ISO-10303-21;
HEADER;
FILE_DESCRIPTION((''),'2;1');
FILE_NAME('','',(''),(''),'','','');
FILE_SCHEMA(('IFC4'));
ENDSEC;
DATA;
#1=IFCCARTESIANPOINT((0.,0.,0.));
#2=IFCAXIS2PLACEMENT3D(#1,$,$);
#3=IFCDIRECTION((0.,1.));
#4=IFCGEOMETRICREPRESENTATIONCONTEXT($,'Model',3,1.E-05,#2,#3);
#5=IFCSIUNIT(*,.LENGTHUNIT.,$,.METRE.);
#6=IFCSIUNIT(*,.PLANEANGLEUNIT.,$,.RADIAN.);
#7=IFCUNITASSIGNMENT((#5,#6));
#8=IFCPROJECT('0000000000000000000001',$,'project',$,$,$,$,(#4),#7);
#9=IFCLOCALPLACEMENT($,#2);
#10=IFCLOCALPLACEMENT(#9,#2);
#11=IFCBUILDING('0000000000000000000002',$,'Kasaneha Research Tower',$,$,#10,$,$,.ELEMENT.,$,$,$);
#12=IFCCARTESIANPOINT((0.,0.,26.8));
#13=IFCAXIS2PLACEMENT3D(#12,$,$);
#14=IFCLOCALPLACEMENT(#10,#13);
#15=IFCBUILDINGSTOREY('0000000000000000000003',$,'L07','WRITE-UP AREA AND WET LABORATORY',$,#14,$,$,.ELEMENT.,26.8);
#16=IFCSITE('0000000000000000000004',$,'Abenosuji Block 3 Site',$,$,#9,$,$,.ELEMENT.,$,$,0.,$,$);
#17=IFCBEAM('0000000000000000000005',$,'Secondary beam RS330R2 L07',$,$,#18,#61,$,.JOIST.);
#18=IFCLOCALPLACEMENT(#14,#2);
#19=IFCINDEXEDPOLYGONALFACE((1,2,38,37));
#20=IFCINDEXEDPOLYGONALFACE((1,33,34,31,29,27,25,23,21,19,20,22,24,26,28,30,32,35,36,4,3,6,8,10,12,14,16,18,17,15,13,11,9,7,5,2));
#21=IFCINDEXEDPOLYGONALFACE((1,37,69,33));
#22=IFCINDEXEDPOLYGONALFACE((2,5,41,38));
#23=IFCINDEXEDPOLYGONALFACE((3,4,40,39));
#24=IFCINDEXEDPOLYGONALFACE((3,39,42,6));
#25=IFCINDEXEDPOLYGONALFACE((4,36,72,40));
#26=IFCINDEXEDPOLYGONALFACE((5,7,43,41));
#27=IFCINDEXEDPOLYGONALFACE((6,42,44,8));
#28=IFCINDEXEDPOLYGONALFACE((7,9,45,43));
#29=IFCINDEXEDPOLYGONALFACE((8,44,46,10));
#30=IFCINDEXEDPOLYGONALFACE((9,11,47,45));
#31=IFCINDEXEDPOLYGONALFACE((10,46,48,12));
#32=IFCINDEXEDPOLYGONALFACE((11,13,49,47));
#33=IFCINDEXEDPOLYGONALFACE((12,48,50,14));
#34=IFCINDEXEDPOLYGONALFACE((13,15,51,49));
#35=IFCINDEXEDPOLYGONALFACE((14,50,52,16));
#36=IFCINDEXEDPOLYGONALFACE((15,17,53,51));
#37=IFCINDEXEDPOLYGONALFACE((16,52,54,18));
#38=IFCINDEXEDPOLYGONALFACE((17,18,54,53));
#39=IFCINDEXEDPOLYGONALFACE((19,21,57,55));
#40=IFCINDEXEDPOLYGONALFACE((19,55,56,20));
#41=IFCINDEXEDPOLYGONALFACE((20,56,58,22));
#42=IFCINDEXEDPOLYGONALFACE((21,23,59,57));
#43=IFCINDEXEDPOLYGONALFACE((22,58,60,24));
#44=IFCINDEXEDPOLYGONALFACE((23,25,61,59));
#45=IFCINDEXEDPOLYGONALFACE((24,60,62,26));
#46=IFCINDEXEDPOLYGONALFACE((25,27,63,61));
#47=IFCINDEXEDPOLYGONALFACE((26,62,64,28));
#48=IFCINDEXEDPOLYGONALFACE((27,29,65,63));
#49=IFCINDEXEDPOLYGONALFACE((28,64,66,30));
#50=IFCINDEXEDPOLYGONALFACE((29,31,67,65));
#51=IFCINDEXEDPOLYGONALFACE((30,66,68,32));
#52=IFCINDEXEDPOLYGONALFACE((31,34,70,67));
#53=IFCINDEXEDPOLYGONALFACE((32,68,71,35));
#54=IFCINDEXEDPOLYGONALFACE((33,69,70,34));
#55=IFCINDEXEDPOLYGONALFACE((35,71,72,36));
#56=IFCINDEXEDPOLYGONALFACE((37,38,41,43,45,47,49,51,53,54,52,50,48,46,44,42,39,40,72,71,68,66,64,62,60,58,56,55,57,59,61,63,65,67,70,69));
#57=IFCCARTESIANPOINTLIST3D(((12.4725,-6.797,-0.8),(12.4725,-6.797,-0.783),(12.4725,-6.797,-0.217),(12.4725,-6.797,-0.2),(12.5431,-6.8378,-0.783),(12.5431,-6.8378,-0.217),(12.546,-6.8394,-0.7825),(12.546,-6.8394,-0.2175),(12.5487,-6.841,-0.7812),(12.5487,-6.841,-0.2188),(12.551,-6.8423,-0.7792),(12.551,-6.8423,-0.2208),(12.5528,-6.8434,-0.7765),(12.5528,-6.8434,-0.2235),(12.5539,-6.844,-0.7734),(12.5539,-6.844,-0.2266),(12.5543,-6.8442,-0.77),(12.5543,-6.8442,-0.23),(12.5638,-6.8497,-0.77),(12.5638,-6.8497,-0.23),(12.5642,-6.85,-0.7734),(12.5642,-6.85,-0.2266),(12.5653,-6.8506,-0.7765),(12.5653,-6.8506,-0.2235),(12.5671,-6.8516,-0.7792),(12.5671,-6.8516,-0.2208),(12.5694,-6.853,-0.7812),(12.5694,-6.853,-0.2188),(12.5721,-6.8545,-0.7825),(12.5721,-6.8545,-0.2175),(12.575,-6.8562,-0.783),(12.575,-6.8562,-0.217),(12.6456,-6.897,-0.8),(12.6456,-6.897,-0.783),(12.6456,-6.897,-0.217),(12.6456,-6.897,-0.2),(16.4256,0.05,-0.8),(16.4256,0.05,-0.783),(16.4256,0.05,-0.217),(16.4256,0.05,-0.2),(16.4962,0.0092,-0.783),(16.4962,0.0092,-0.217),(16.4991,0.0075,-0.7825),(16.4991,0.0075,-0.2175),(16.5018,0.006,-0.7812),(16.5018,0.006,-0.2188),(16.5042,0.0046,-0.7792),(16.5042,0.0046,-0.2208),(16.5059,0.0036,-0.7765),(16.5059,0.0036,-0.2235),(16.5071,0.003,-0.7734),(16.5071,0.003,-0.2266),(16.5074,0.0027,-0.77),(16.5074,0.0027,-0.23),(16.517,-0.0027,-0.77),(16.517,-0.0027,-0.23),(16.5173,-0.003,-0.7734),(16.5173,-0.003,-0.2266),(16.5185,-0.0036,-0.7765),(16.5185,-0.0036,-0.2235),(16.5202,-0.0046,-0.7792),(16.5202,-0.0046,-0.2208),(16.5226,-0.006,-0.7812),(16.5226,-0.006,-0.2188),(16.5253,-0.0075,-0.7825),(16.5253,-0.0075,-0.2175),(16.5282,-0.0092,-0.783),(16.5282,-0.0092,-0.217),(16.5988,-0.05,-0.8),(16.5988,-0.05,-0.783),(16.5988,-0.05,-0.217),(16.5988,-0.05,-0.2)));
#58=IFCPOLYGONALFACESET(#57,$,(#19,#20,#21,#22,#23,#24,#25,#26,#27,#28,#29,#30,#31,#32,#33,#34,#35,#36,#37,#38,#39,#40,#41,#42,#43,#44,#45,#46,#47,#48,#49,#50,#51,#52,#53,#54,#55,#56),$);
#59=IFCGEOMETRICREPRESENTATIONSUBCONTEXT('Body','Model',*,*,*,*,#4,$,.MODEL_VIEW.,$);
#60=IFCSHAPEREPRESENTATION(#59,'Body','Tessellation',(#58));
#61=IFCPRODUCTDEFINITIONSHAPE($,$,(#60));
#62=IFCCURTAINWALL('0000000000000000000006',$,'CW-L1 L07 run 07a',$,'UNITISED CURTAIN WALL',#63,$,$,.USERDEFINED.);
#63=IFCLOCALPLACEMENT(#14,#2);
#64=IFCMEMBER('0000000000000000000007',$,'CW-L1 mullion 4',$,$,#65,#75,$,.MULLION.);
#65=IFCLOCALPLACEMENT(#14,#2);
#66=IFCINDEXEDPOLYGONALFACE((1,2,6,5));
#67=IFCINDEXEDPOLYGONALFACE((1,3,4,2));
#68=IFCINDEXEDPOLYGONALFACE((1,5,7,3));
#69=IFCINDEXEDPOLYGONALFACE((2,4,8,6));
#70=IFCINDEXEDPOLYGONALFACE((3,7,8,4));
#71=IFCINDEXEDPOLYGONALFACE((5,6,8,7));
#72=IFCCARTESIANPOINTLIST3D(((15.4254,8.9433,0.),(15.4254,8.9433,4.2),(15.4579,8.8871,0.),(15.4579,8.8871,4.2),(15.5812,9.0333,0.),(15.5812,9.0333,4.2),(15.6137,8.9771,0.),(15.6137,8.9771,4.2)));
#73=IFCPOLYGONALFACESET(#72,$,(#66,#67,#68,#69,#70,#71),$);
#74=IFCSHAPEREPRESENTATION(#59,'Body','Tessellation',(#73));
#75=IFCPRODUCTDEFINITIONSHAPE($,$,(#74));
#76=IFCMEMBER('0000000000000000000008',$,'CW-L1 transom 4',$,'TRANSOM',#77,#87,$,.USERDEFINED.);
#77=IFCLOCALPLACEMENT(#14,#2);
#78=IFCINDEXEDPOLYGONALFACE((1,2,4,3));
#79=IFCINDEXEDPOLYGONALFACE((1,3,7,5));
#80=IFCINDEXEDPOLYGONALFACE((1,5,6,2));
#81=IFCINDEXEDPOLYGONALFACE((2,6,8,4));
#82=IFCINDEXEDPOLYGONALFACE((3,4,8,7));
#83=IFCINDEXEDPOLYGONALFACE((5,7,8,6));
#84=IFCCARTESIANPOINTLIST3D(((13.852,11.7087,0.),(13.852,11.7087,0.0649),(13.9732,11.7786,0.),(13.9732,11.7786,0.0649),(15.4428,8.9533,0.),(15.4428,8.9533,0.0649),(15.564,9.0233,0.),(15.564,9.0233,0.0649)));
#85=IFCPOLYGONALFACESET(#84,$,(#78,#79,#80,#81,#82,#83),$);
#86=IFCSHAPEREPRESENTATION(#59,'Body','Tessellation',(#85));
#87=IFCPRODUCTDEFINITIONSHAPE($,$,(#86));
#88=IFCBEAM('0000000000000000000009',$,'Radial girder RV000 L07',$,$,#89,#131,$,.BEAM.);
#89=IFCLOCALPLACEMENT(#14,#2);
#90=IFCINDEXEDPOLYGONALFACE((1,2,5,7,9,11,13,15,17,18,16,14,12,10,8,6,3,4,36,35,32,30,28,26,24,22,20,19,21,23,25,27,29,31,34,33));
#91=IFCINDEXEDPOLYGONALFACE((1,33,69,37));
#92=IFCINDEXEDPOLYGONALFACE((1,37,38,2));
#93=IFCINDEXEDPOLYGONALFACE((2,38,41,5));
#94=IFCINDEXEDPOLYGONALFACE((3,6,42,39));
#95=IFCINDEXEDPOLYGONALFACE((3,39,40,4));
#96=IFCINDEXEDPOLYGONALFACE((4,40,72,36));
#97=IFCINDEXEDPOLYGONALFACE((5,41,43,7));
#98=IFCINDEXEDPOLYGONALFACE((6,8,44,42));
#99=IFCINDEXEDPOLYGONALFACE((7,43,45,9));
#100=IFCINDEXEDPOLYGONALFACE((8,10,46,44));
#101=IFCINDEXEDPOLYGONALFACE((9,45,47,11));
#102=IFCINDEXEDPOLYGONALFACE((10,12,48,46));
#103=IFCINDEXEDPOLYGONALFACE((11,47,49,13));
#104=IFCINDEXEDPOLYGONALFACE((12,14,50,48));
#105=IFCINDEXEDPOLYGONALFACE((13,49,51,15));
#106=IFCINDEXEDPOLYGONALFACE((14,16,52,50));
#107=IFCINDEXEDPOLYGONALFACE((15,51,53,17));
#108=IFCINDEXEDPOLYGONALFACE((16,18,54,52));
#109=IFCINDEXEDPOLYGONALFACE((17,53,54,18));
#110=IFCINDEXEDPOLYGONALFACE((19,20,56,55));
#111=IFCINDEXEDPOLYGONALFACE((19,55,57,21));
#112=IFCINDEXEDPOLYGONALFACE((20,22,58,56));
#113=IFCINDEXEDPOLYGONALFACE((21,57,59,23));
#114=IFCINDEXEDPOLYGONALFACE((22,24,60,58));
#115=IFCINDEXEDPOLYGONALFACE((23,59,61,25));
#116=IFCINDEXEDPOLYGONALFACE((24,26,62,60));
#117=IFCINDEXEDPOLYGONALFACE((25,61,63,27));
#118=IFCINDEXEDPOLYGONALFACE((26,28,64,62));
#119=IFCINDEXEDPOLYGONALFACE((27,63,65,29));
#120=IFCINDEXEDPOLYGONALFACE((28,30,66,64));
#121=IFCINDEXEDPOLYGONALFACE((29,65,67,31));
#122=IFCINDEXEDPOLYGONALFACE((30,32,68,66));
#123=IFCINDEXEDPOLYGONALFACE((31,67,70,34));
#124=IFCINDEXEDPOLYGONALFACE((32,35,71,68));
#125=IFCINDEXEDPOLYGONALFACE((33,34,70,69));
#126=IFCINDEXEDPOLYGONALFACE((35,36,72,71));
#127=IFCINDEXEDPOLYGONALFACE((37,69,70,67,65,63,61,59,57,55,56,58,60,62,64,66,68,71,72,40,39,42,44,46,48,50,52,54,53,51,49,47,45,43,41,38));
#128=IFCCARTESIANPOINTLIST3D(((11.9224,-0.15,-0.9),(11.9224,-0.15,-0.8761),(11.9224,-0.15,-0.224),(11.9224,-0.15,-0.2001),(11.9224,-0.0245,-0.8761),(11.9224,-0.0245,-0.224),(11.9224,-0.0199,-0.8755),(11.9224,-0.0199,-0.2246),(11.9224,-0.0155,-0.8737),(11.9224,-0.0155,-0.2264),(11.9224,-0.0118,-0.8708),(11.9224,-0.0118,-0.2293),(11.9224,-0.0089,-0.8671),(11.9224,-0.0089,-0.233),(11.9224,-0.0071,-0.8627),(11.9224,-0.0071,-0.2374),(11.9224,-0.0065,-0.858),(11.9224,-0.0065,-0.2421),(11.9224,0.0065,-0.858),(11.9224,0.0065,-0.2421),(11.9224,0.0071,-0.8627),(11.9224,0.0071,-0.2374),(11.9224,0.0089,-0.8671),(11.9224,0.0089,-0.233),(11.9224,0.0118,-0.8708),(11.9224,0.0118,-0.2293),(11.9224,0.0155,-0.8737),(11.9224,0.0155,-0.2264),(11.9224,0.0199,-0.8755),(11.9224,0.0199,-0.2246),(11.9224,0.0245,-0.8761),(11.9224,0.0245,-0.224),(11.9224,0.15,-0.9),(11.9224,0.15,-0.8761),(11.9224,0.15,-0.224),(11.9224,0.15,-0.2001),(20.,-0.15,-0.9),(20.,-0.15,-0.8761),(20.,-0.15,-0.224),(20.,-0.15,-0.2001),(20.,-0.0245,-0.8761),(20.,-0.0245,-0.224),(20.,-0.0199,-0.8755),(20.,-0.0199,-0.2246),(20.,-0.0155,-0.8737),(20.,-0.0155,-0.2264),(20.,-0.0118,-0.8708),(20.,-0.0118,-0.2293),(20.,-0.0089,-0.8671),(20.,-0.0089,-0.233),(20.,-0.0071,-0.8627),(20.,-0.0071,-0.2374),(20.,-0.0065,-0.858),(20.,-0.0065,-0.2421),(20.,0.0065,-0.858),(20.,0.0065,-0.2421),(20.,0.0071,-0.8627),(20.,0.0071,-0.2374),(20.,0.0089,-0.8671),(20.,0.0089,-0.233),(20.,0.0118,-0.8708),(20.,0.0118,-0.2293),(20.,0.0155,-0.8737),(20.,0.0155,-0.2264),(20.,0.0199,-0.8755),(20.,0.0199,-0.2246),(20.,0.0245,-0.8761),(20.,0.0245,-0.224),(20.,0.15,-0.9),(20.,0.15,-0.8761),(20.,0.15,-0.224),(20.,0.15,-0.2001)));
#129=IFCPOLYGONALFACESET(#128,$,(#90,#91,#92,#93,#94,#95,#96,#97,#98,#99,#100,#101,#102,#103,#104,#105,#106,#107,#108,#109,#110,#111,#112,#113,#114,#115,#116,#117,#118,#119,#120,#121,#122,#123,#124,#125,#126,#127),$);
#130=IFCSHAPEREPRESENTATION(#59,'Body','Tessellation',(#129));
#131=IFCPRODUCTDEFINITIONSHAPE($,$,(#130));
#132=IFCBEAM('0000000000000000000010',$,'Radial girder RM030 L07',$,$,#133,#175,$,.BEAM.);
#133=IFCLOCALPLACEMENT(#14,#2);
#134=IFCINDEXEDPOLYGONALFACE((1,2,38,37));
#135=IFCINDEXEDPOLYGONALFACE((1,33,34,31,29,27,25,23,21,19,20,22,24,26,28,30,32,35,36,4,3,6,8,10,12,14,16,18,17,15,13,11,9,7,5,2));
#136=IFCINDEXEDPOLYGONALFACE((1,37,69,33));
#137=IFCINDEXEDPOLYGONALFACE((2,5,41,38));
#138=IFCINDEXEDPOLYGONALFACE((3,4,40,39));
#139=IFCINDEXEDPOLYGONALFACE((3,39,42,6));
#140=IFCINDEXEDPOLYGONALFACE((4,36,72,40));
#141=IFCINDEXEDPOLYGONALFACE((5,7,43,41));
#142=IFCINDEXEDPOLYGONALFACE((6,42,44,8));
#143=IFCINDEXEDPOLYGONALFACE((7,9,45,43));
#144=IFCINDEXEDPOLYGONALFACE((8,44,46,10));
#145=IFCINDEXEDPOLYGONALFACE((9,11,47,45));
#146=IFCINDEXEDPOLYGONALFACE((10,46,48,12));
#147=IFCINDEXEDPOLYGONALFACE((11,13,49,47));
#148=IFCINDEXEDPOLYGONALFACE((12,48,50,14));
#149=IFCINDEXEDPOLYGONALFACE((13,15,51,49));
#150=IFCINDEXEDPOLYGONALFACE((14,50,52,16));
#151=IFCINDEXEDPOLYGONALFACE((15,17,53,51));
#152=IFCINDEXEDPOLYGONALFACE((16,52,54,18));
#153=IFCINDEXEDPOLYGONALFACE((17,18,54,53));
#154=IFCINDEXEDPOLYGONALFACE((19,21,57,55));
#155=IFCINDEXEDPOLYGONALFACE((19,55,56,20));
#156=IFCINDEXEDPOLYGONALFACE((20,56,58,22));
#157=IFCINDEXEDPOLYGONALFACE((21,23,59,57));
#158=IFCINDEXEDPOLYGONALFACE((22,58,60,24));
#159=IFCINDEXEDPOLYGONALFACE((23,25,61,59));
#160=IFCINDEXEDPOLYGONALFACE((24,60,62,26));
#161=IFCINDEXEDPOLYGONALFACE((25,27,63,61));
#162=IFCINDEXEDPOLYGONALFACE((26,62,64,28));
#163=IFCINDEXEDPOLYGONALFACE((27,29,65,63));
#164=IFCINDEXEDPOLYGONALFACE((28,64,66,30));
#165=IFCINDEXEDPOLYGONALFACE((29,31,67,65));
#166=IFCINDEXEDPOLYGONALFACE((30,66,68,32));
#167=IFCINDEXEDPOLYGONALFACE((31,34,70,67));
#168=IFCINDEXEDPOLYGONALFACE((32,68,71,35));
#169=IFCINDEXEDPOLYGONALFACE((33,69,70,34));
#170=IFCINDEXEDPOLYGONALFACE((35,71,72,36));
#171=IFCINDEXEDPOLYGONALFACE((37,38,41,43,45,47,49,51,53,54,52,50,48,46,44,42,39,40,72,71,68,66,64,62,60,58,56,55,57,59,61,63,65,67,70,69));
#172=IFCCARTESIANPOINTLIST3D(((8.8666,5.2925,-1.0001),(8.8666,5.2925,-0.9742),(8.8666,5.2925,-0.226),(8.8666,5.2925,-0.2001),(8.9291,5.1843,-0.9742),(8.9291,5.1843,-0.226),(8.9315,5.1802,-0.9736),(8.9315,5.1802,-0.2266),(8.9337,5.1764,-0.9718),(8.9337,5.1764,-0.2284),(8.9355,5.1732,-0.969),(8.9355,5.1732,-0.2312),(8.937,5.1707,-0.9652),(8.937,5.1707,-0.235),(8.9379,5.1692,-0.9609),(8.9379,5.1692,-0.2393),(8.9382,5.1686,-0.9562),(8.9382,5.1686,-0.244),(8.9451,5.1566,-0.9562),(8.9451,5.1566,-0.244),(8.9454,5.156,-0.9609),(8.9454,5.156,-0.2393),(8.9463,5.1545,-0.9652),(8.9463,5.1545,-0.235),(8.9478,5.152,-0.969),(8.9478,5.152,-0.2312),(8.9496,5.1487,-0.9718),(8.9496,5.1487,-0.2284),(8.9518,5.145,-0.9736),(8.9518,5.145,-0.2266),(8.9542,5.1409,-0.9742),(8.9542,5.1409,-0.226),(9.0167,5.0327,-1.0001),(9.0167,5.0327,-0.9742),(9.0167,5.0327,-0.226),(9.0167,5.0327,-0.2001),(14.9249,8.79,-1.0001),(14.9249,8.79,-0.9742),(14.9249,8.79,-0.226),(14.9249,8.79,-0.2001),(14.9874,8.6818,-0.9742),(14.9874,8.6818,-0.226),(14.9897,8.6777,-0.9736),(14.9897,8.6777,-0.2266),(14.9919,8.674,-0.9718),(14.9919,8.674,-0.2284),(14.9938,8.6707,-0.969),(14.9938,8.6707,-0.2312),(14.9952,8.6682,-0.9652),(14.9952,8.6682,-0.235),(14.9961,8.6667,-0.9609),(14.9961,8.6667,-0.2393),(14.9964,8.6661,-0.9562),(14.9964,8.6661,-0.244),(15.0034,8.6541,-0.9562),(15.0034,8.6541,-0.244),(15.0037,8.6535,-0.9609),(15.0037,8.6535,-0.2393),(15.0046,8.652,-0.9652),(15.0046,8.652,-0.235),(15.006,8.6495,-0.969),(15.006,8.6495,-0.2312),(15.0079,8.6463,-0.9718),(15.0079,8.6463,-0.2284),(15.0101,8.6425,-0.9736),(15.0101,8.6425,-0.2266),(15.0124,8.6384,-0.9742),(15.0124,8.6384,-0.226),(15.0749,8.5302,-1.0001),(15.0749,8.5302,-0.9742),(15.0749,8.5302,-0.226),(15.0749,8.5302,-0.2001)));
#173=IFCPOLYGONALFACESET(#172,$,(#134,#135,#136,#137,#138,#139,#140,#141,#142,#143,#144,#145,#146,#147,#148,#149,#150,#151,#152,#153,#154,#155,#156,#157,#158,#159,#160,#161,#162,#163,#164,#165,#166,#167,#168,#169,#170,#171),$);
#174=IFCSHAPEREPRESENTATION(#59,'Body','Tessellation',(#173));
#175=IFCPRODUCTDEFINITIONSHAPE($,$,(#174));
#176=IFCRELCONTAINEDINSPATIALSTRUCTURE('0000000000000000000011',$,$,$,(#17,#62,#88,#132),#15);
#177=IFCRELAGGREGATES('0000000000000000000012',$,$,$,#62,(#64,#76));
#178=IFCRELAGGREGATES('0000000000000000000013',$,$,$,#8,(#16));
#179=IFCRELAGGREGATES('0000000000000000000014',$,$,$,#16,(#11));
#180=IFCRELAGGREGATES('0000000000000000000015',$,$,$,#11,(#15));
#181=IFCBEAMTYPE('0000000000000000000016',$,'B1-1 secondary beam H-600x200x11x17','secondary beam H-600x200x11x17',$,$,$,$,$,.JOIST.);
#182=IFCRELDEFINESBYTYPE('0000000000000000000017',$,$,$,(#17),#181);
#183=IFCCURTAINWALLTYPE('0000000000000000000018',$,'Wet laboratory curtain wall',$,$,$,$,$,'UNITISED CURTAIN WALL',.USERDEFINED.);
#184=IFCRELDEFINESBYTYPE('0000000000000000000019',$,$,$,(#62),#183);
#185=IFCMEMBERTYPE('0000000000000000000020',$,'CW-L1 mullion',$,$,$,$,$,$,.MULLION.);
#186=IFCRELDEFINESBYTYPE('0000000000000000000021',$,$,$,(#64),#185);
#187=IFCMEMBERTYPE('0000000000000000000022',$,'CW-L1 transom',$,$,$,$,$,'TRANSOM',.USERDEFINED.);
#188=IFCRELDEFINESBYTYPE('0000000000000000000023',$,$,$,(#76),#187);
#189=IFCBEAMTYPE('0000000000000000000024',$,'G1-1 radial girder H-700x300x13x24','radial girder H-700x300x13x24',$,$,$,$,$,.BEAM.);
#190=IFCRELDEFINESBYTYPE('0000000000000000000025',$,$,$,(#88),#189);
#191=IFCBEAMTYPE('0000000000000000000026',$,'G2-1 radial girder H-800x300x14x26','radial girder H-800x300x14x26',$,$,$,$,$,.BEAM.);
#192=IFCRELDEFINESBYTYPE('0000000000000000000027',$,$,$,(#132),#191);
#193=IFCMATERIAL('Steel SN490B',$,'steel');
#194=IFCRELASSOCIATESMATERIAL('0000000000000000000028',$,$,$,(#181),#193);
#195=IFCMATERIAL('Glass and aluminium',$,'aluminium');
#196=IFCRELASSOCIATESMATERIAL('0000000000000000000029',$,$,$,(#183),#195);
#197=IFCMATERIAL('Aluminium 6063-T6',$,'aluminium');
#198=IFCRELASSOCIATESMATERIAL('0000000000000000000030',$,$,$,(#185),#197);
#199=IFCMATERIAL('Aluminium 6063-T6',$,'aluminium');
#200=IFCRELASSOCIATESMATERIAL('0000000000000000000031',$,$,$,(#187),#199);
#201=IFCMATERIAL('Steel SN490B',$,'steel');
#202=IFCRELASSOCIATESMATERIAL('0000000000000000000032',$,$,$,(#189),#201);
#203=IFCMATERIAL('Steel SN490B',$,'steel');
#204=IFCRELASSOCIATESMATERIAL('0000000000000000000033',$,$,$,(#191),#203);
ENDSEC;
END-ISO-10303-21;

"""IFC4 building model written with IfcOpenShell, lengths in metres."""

from ifc_helpers import new_model, si_unit, direction, frame, origin, origin_2d, place, context, subcontext, project, spatial, rectangle, i_section, extrude, material, material_profile, profile_set, type_object, element, aggregate, save


model = new_model("IFC4")

# Units and contexts
model_context = context("Model", 3, precision=1e-05, world=origin(), true_north=direction((0.0, 1.0)))
body_context = subcontext(model_context, "Body", "Model", "MODEL_VIEW")
ifc_project = project(units=[si_unit("LENGTHUNIT", "METRE"), si_unit("PLANEANGLEUNIT", "RADIAN")], contexts=[model_context])

# Site, building, storey
site_placement = place(None, origin())
site = spatial("IfcSite", under=ifc_project, at=site_placement, Name="Abenosuji Block 3 Site", CompositionType="ELEMENT", RefElevation=0.0)
building_placement = place(site_placement, origin())
building = spatial("IfcBuilding", under=site, at=building_placement, Name="Kasaneha Research Tower", CompositionType="ELEMENT")
storey_placement = place(building_placement, frame((0.0, 0.0, 26.8)))
storey = spatial("IfcBuildingStorey", under=building, at=storey_placement, Name="L07", Description="WRITE-UP AREA AND WET LABORATORY", CompositionType="ELEMENT", Elevation=26.8)

# Beam
ifc_material_1 = material(Name="Steel SN490B", Category="steel")
ifc_material_profile_1 = material_profile(ifc_material_1, i_section(OverallWidth=0.2, OverallDepth=0.6001, WebThickness=0.011, FlangeThickness=0.0171, FilletRadius=0.0129, at=origin_2d()), Name="H-600x200x11x17")
ifc_profile_set_1 = profile_set([ifc_material_profile_1], Name="Steel SN490B")
beam_type_1 = type_object("IfcBeamType", Name="B1-1 secondary beam H-600x200x11x17", Description="secondary beam H-600x200x11x17", PredefinedType="JOIST", material=ifc_profile_set_1)
beam_1_placement = place(storey_placement, frame((16.5122, 0.0, -0.5), z_axis=(-0.500005, -0.866023, 0.0), x_axis=(0.866023, -0.500005, 0.0)))
element("IfcBeam", 1, at=beam_1_placement, inside=storey, type_object=beam_type_1, Name="Secondary beam RS330R2 L07", PredefinedType="JOIST", context=body_context, shape_type="SweptSolid", body=[
    extrude(i_section(OverallWidth=0.2, OverallDepth=0.6001, WebThickness=0.011, FlangeThickness=0.0171, FilletRadius=0.0129, at=origin_2d()), origin(), (0.0, 0.0, 1.0), 7.9062),
])

# Curtain wall, members
ifc_material_2 = material(Name="Glass and aluminium", Category="aluminium")
curtain_wall_type = type_object("IfcCurtainWallType", Name="Wet laboratory curtain wall", ElementType="UNITISED CURTAIN WALL", PredefinedType="USERDEFINED", material=ifc_material_2)
curtain_wall_placement = place(storey_placement, origin())
curtain_wall = element("IfcCurtainWall", 2, at=curtain_wall_placement, inside=storey, type_object=curtain_wall_type, Name="CW-L1 L07 run 07a", ObjectType="UNITISED CURTAIN WALL", PredefinedType="USERDEFINED")
ifc_material_3 = material(Name="Aluminium 6063-T6", Category="aluminium")
ifc_material_profile_2 = material_profile(ifc_material_3, rectangle(XDim=0.0649, YDim=0.1799, at=origin_2d()), Name="CW-L1 mullion 65x180")
ifc_profile_set_2 = profile_set([ifc_material_profile_2], Name="Aluminium 6063-T6")
member_type_1 = type_object("IfcMemberType", Name="CW-L1 mullion", PredefinedType="MULLION", material=ifc_profile_set_2)
member_1_placement = place(storey_placement, frame((15.5195, 8.9602, 0.0), z_axis=(0.0, 0.0, 1.0), x_axis=(-0.5, 0.866025, 0.0)))
member_1 = element("IfcMember", 3, at=member_1_placement, type_object=member_type_1, Name="CW-L1 mullion 4", PredefinedType="MULLION", context=body_context, shape_type="SweptSolid", body=[
    extrude(rectangle(XDim=0.0649, YDim=0.1799, at=origin_2d()), origin(), (0.0, 0.0, 1.0), 4.2),
])
ifc_material_4 = material(Name="Aluminium 6063-T6", Category="aluminium")
ifc_material_profile_3 = material_profile(ifc_material_4, rectangle(XDim=0.1399, YDim=0.0649, at=origin_2d()), Name="CW-L1 transom 140x65")
ifc_profile_set_3 = profile_set([ifc_material_profile_3], Name="Aluminium 6063-T6")
member_type_2 = type_object("IfcMemberType", Name="CW-L1 transom", ElementType="TRANSOM", PredefinedType="USERDEFINED", material=ifc_profile_set_3)
member_2_placement = place(storey_placement, frame((15.5034, 8.9883, 0.0325), z_axis=(-0.500001, 0.866025, 0.0), x_axis=(-0.866025, -0.500001, 0.0)))
member_2 = element("IfcMember", 4, at=member_2_placement, type_object=member_type_2, Name="CW-L1 transom 4", ObjectType="TRANSOM", PredefinedType="USERDEFINED", context=body_context, shape_type="SweptSolid", body=[
    extrude(rectangle(XDim=0.1399, YDim=0.0649, at=origin_2d()), origin(), (0.0, 0.0, 1.0), 3.1816),
])

# Beams
ifc_material_5 = material(Name="Steel SN490B", Category="steel")
ifc_material_profile_4 = material_profile(ifc_material_5, i_section(OverallWidth=0.3, OverallDepth=0.7, WebThickness=0.0129, FlangeThickness=0.0239, FilletRadius=0.0181, at=origin_2d()), Name="H-700x300x13x24")
ifc_profile_set_4 = profile_set([ifc_material_profile_4], Name="Steel SN490B")
beam_type_2 = type_object("IfcBeamType", Name="G1-1 radial girder H-700x300x13x24", Description="radial girder H-700x300x13x24", PredefinedType="BEAM", material=ifc_profile_set_4)
beam_2_placement = place(storey_placement, frame((11.9224, 0.0, -0.55), z_axis=(1.0, 0.0, 0.0), x_axis=(0.0, 1.0, 0.0)))
element("IfcBeam", 5, at=beam_2_placement, inside=storey, type_object=beam_type_2, Name="Radial girder RV000 L07", PredefinedType="BEAM", context=body_context, shape_type="SweptSolid", body=[
    extrude(i_section(OverallWidth=0.3, OverallDepth=0.7, WebThickness=0.0129, FlangeThickness=0.0239, FilletRadius=0.0181, at=origin_2d()), origin(), (0.0, 0.0, 1.0), 8.0776),
])
ifc_material_6 = material(Name="Steel SN490B", Category="steel")
ifc_material_profile_5 = material_profile(ifc_material_6, i_section(OverallWidth=0.3, OverallDepth=0.8, WebThickness=0.0139, FlangeThickness=0.0259, FilletRadius=0.0181, at=origin_2d()), Name="H-800x300x14x26")
ifc_profile_set_5 = profile_set([ifc_material_profile_5], Name="Steel SN490B")
beam_type_3 = type_object("IfcBeamType", Name="G2-1 radial girder H-800x300x14x26", Description="radial girder H-800x300x14x26", PredefinedType="BEAM", material=ifc_profile_set_5)
beam_3_placement = place(storey_placement, frame((8.9417, 5.1626, -0.6001), z_axis=(0.86604, 0.499975, 0.0), x_axis=(-0.499975, 0.86604, 0.0)))
element("IfcBeam", 6, at=beam_3_placement, inside=storey, type_object=beam_type_3, Name="Radial girder RM030 L07", PredefinedType="BEAM", context=body_context, shape_type="SweptSolid", body=[
    extrude(i_section(OverallWidth=0.3, OverallDepth=0.8, WebThickness=0.0139, FlangeThickness=0.0259, FilletRadius=0.0181, at=origin_2d()), origin(), (0.0, 0.0, 1.0), 6.9954),
])

aggregate(curtain_wall, [member_1, member_2])

save(model, "model.ifc")
